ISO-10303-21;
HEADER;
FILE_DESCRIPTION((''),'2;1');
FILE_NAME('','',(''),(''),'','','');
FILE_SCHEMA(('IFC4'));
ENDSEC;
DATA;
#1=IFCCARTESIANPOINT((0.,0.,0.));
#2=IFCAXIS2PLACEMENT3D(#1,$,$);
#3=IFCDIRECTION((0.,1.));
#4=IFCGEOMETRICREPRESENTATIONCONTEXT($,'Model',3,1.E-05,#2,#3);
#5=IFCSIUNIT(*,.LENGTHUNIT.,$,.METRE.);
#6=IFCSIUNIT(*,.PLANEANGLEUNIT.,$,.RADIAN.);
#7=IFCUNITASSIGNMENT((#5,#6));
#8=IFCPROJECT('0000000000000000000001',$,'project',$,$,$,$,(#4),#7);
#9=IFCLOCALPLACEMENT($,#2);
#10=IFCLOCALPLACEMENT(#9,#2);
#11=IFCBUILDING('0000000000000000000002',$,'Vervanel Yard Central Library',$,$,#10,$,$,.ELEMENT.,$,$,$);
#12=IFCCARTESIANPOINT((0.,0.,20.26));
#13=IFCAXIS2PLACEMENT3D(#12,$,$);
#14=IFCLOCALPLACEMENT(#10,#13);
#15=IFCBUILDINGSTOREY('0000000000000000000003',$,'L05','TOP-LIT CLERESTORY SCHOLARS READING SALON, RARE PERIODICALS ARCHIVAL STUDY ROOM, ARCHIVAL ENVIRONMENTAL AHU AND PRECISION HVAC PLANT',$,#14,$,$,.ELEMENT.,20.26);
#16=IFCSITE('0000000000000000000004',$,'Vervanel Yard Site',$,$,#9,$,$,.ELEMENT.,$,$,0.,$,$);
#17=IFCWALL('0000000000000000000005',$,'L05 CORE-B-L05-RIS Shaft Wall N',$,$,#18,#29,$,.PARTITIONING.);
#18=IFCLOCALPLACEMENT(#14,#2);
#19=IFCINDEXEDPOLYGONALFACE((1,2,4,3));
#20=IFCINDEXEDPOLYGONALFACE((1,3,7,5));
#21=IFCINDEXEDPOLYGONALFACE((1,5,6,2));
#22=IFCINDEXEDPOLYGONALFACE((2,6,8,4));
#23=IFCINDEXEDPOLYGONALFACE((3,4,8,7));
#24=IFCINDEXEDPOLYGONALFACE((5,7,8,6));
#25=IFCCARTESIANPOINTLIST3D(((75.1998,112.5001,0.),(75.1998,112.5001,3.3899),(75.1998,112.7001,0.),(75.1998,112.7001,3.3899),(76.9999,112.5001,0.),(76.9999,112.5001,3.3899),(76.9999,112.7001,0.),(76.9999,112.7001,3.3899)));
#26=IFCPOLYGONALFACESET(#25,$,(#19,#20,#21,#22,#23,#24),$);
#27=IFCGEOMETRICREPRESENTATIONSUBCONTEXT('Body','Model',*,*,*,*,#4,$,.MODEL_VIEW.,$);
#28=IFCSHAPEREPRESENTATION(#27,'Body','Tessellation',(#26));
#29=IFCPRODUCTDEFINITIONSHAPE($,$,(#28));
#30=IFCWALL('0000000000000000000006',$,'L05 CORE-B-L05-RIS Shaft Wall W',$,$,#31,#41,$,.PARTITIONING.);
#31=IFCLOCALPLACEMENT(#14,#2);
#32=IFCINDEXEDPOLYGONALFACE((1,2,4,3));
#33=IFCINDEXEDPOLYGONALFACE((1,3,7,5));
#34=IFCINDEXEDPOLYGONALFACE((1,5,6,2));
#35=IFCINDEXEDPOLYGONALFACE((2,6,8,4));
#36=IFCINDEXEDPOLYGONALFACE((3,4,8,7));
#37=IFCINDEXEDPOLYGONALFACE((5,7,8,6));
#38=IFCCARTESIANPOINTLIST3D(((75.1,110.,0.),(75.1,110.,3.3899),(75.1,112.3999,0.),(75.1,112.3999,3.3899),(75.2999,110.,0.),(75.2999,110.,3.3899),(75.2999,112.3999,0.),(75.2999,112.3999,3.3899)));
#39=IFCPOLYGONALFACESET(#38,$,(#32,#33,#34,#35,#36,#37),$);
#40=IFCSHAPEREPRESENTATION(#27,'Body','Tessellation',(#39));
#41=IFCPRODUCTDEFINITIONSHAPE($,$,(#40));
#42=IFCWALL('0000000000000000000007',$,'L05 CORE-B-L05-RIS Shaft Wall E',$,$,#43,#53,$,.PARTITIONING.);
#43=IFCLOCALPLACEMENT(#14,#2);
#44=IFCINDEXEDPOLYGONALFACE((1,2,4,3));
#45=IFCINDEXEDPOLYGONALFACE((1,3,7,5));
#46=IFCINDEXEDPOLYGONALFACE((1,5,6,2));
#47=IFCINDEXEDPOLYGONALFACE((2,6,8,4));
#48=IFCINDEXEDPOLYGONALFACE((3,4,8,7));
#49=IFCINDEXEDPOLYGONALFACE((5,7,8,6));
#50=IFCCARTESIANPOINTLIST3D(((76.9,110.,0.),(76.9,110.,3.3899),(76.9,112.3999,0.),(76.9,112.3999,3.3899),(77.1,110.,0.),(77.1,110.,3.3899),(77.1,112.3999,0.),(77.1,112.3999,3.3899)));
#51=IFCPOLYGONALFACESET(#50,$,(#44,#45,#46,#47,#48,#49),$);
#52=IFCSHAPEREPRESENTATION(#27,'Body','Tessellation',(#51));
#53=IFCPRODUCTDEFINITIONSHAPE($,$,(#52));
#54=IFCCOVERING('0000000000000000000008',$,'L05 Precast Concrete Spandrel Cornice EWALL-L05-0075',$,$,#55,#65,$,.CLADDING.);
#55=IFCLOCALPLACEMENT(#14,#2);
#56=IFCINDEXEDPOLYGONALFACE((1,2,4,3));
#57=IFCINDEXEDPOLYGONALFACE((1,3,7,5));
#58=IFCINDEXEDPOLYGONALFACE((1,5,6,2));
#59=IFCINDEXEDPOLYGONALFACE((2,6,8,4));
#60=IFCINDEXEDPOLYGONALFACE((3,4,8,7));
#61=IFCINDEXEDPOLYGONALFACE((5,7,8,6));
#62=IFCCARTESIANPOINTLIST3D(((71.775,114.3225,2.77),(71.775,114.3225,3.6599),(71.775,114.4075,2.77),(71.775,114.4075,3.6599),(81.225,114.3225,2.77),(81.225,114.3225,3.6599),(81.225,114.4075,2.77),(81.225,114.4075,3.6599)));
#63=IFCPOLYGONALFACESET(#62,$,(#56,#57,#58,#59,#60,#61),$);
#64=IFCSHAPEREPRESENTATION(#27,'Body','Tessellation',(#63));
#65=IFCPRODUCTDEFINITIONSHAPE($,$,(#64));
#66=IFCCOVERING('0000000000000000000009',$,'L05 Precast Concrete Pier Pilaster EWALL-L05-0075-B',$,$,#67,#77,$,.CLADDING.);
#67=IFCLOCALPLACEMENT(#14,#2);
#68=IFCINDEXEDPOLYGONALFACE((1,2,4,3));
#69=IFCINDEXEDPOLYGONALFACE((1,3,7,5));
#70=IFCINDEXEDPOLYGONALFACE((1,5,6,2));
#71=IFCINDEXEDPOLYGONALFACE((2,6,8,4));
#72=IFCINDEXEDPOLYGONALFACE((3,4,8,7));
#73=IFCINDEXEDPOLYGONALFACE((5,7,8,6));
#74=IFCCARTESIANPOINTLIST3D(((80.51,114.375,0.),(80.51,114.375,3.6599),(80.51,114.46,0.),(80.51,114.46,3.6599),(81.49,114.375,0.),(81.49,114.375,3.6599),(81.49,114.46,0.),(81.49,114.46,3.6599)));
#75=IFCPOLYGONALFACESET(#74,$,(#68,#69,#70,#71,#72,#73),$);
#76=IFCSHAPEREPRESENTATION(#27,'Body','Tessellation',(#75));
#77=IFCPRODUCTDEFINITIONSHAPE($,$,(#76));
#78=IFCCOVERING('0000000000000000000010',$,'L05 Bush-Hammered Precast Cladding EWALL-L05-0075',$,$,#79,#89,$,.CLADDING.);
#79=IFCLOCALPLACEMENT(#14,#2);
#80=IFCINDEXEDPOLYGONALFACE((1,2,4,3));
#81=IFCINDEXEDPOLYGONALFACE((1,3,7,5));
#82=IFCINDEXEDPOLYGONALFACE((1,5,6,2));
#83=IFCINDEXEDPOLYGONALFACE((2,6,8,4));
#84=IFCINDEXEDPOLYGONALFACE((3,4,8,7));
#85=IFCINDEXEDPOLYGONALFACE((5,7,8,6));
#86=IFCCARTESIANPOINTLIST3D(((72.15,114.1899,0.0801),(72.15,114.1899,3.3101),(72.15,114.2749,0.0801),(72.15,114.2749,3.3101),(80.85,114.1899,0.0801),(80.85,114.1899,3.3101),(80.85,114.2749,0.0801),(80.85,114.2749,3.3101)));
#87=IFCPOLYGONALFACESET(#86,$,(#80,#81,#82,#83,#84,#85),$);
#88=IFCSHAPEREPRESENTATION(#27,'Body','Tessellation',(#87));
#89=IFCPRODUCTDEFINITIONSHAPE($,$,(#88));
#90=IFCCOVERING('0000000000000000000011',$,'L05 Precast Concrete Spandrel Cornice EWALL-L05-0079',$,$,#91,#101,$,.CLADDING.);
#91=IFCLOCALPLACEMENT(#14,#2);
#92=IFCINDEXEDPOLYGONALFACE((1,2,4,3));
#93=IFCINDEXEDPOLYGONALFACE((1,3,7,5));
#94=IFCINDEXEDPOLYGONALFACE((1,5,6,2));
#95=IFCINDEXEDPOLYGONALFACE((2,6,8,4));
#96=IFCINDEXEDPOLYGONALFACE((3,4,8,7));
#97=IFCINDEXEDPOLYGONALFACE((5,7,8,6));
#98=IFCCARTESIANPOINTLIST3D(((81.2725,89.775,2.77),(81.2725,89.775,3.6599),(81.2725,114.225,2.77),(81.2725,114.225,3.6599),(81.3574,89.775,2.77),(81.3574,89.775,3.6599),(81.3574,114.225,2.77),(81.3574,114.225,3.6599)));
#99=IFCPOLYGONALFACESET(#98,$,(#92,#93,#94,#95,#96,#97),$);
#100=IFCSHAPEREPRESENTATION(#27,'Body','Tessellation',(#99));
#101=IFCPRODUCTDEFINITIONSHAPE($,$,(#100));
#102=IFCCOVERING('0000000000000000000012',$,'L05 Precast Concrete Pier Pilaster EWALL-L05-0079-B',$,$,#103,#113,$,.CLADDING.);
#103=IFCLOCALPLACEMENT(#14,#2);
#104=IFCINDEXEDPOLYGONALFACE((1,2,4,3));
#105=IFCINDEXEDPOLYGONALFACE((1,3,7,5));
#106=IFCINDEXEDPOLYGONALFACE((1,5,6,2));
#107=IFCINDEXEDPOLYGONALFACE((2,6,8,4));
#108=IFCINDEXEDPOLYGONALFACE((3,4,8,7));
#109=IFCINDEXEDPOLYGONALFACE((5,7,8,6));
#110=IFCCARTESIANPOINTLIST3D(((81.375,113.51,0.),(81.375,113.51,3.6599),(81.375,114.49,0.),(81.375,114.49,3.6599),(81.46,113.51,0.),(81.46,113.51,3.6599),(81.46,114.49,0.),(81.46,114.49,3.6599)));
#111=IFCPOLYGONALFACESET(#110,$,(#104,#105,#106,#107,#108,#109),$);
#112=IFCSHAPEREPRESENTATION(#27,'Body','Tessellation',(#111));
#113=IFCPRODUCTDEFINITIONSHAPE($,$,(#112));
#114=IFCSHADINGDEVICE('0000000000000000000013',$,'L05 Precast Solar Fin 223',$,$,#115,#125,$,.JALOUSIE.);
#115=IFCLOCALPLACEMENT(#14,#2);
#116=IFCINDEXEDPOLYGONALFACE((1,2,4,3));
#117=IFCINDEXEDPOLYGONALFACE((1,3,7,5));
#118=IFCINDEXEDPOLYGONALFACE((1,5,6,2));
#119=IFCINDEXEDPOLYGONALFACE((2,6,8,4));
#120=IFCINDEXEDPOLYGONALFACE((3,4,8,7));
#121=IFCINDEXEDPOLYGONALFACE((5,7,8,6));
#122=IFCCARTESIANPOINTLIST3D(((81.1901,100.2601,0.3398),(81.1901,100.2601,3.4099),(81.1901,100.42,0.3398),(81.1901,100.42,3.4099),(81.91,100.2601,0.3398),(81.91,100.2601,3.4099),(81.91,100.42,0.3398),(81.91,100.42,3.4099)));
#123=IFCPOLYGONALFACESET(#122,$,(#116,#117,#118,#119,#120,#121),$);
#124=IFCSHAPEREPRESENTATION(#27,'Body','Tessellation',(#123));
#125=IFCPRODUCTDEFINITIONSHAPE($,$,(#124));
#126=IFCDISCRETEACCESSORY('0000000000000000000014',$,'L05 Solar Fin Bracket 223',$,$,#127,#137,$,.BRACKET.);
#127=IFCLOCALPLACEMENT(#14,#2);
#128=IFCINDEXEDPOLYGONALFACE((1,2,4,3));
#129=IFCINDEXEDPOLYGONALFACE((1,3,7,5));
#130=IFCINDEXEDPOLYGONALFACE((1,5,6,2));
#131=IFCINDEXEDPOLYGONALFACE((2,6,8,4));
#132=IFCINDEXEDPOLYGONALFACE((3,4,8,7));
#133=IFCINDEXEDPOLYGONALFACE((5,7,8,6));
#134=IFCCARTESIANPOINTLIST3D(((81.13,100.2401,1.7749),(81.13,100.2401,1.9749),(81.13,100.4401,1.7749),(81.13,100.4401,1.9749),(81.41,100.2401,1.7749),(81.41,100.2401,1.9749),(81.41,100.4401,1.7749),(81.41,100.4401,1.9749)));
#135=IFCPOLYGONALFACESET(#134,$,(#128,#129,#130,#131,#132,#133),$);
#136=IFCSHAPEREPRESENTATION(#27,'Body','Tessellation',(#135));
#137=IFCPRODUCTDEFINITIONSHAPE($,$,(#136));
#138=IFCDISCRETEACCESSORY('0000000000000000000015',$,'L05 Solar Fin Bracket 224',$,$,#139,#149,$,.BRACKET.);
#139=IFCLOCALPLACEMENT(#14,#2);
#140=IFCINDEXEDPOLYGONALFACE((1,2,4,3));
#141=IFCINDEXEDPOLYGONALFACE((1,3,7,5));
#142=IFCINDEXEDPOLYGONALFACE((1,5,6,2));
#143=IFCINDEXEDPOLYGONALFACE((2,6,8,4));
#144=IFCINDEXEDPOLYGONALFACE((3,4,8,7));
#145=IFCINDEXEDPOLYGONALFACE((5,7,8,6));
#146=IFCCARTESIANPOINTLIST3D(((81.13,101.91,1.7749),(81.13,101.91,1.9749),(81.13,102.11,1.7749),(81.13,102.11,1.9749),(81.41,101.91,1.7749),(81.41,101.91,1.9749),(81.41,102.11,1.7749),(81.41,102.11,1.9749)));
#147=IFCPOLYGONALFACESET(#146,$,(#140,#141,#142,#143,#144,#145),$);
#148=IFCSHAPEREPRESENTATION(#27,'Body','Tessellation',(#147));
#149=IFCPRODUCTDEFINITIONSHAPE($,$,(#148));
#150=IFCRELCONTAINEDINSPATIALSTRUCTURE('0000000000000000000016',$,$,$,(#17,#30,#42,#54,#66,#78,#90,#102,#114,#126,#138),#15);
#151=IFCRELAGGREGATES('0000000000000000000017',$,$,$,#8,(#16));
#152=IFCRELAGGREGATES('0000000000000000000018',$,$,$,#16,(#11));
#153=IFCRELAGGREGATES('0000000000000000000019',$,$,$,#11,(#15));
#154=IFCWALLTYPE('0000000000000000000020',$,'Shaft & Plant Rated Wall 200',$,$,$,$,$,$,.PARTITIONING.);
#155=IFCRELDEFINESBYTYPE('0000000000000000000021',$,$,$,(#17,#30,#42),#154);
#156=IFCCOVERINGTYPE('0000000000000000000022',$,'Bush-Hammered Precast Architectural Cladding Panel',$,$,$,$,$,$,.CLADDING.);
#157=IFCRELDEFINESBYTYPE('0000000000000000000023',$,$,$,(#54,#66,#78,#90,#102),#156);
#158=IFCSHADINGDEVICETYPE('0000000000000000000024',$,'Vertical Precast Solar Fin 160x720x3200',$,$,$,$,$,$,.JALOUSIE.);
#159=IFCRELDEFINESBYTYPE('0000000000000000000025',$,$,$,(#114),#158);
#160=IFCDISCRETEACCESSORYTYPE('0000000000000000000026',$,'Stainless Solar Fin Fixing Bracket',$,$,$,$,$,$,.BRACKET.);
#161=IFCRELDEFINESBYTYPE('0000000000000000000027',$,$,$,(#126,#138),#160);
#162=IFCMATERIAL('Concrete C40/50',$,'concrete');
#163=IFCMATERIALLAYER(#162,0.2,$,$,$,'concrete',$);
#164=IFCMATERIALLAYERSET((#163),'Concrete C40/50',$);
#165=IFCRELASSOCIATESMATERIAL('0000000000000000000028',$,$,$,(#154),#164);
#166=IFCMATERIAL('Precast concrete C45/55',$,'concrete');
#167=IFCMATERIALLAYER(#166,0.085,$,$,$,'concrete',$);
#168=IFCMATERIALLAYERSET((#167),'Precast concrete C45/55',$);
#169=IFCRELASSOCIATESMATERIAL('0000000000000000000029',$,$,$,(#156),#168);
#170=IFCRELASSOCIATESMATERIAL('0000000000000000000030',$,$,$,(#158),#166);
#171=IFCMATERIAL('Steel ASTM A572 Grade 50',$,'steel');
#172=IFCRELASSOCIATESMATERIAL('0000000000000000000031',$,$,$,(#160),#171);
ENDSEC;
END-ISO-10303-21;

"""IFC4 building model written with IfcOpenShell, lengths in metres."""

from ifc_helpers import new_model, si_unit, direction, frame, frame_2d, origin, origin_2d, place, context, subcontext, project, spatial, rectangle, extrude, material, layer, layer_set, type_object, element, save


model = new_model("IFC4")

# Units and contexts
model_context = context("Model", 3, precision=1e-05, world=origin(), true_north=direction((0.0, 1.0)))
body_context = subcontext(model_context, "Body", "Model", "MODEL_VIEW")
ifc_project = project(units=[si_unit("LENGTHUNIT", "METRE"), si_unit("PLANEANGLEUNIT", "RADIAN")], contexts=[model_context])

# Site, building, storey
site_placement = place(None, origin())
site = spatial("IfcSite", under=ifc_project, at=site_placement, Name="Vervanel Yard Site", CompositionType="ELEMENT", RefElevation=0.0)
building_placement = place(site_placement, origin())
building = spatial("IfcBuilding", under=site, at=building_placement, Name="Vervanel Yard Central Library", CompositionType="ELEMENT")
storey_placement = place(building_placement, frame((0.0, 0.0, 20.26)))
storey = spatial("IfcBuildingStorey", under=building, at=storey_placement, Name="L05", Description="TOP-LIT CLERESTORY SCHOLARS READING SALON, RARE PERIODICALS ARCHIVAL STUDY ROOM, ARCHIVAL ENVIRONMENTAL AHU AND PRECISION HVAC PLANT", CompositionType="ELEMENT", Elevation=20.26)

# Shared definitions
ifc_material_1 = material(Name="Concrete C40/50", Category="concrete")

# Shared definitions
ifc_layer_1 = layer(ifc_material_1, 0.2, Category="concrete")
ifc_layer_set_1 = layer_set([ifc_layer_1], Name="Concrete C40/50")
wall_type_1 = type_object("IfcWallType", Name="Shaft & Plant Rated Wall 200", PredefinedType="PARTITIONING", material=ifc_layer_set_1)

# Walls
wall_1_placement = place(storey_placement, frame((75.2, 112.6001, 0.0), z_axis=(0.0, 0.0, 1.0), x_axis=(1.0, 0.0, 0.0)))
element("IfcWall", 1, at=wall_1_placement, inside=storey, type_object=wall_type_1, Name="L05 CORE-B-L05-RIS Shaft Wall N", PredefinedType="PARTITIONING", context=body_context, shape_type="SweptSolid", body=[
    extrude(rectangle(XDim=1.8, YDim=0.2, at=frame_2d((0.8999, 0.0))), origin(), (0.0, 0.0, 1.0), 3.3899),
])
for number, where, z_axis, x_axis, name in (
    (2, (75.2, 110.0, 0.0), (0.0, 0.0, 1.0), (0.0, 1.0, 0.0), "L05 CORE-B-L05-RIS Shaft Wall W"),
    (3, (77.0, 110.0, 0.0), (0.0, 0.0, 1.0), (0.0, 1.0, 0.0), "L05 CORE-B-L05-RIS Shaft Wall E"),
):
    element("IfcWall", number, at=place(storey_placement, frame(where, z_axis=z_axis, x_axis=x_axis)), inside=storey, type_object=wall_type_1, Name=name, PredefinedType="PARTITIONING", context=body_context, shape_type="SweptSolid", body=[
        extrude(rectangle(XDim=2.3999, YDim=0.2, at=frame_2d((1.2, 0.0))), origin(), (0.0, 0.0, 1.0), 3.3899),
    ])

# Coverings
ifc_material_2 = material(Name="Precast concrete C45/55", Category="concrete")
ifc_layer_2 = layer(ifc_material_2, 0.085, Category="concrete")
ifc_layer_set_2 = layer_set([ifc_layer_2], Name="Precast concrete C45/55")
covering_type = type_object("IfcCoveringType", Name="Bush-Hammered Precast Architectural Cladding Panel", PredefinedType="CLADDING", material=ifc_layer_set_2)
covering_1_placement = place(storey_placement, frame((76.5, 114.365, 2.77), z_axis=(0.0, 0.0, 1.0), x_axis=(1.0, 0.0, 0.0)))
element("IfcCovering", 4, at=covering_1_placement, inside=storey, type_object=covering_type, Name="L05 Precast Concrete Spandrel Cornice EWALL-L05-0075", PredefinedType="CLADDING", context=body_context, shape_type="SweptSolid", body=[
    extrude(rectangle(XDim=9.45, YDim=0.085, at=origin_2d()), origin(), (0.0, 0.0, 1.0), 0.8899),
])
covering_2_placement = place(storey_placement, frame((81.0, 114.4175, 0.0), z_axis=(0.0, 0.0, 1.0), x_axis=(1.0, 0.0, 0.0)))
element("IfcCovering", 5, at=covering_2_placement, inside=storey, type_object=covering_type, Name="L05 Precast Concrete Pier Pilaster EWALL-L05-0075-B", PredefinedType="CLADDING", context=body_context, shape_type="SweptSolid", body=[
    extrude(rectangle(XDim=0.98, YDim=0.085, at=origin_2d()), origin(), (0.0, 0.0, 1.0), 3.6599),
])
covering_3_placement = place(storey_placement, frame((76.5, 114.2324, 0.0801), z_axis=(0.0, 0.0, 1.0), x_axis=(1.0, 0.0, 0.0)))
element("IfcCovering", 6, at=covering_3_placement, inside=storey, type_object=covering_type, Name="L05 Bush-Hammered Precast Cladding EWALL-L05-0075", PredefinedType="CLADDING", context=body_context, shape_type="SweptSolid", body=[
    extrude(rectangle(XDim=8.7, YDim=0.085, at=origin_2d()), origin(), (0.0, 0.0, 1.0), 3.23),
])
covering_4_placement = place(storey_placement, frame((81.3149, 102.0, 2.77), z_axis=(0.0, 0.0, 1.0), x_axis=(0.0, 1.0, 0.0)))
element("IfcCovering", 7, at=covering_4_placement, inside=storey, type_object=covering_type, Name="L05 Precast Concrete Spandrel Cornice EWALL-L05-0079", PredefinedType="CLADDING", context=body_context, shape_type="SweptSolid", body=[
    extrude(rectangle(XDim=24.45, YDim=0.085, at=origin_2d()), origin(), (0.0, 0.0, 1.0), 0.8899),
])
covering_5_placement = place(storey_placement, frame((81.4175, 114.0, 0.0), z_axis=(0.0, 0.0, 1.0), x_axis=(0.0, 1.0, 0.0)))
element("IfcCovering", 8, at=covering_5_placement, inside=storey, type_object=covering_type, Name="L05 Precast Concrete Pier Pilaster EWALL-L05-0079-B", PredefinedType="CLADDING", context=body_context, shape_type="SweptSolid", body=[
    extrude(rectangle(XDim=0.98, YDim=0.085, at=origin_2d()), origin(), (0.0, 0.0, 1.0), 3.6599),
])

# Shading device
shading_device_type = type_object("IfcShadingDeviceType", Name="Vertical Precast Solar Fin 160x720x3200", PredefinedType="JALOUSIE", material=ifc_material_2)
shading_device_placement = place(storey_placement, frame((81.55, 100.3401, 0.3398), z_axis=(0.0, 0.0, 1.0), x_axis=(0.0, 1.0, 0.0)))
element("IfcShadingDevice", 9, at=shading_device_placement, inside=storey, type_object=shading_device_type, Name="L05 Precast Solar Fin 223", PredefinedType="JALOUSIE", context=body_context, shape_type="SweptSolid", body=[
    extrude(rectangle(XDim=0.1599, YDim=0.72, at=origin_2d()), origin(), (0.0, 0.0, 1.0), 3.0701),
])

# Discrete accessories
ifc_material_3 = material(Name="Steel ASTM A572 Grade 50", Category="steel")
discrete_accessory_type = type_object("IfcDiscreteAccessoryType", Name="Stainless Solar Fin Fixing Bracket", PredefinedType="BRACKET", material=ifc_material_3)
for number, where, z_axis, x_axis, name in (
    (10, (81.27, 100.3401, 1.7749), (0.0, 0.0, 1.0), (0.0, 1.0, 0.0), "L05 Solar Fin Bracket 223"),
    (11, (81.27, 102.01, 1.7749), (0.0, 0.0, 1.0), (0.0, 1.0, 0.0), "L05 Solar Fin Bracket 224"),
):
    element("IfcDiscreteAccessory", number, at=place(storey_placement, frame(where, z_axis=z_axis, x_axis=x_axis)), inside=storey, type_object=discrete_accessory_type, Name=name, PredefinedType="BRACKET", context=body_context, shape_type="SweptSolid", body=[
        extrude(rectangle(XDim=0.2, YDim=0.28, at=origin_2d()), origin(), (0.0, 0.0, 1.0), 0.2),
    ])

save(model, "model.ifc")
